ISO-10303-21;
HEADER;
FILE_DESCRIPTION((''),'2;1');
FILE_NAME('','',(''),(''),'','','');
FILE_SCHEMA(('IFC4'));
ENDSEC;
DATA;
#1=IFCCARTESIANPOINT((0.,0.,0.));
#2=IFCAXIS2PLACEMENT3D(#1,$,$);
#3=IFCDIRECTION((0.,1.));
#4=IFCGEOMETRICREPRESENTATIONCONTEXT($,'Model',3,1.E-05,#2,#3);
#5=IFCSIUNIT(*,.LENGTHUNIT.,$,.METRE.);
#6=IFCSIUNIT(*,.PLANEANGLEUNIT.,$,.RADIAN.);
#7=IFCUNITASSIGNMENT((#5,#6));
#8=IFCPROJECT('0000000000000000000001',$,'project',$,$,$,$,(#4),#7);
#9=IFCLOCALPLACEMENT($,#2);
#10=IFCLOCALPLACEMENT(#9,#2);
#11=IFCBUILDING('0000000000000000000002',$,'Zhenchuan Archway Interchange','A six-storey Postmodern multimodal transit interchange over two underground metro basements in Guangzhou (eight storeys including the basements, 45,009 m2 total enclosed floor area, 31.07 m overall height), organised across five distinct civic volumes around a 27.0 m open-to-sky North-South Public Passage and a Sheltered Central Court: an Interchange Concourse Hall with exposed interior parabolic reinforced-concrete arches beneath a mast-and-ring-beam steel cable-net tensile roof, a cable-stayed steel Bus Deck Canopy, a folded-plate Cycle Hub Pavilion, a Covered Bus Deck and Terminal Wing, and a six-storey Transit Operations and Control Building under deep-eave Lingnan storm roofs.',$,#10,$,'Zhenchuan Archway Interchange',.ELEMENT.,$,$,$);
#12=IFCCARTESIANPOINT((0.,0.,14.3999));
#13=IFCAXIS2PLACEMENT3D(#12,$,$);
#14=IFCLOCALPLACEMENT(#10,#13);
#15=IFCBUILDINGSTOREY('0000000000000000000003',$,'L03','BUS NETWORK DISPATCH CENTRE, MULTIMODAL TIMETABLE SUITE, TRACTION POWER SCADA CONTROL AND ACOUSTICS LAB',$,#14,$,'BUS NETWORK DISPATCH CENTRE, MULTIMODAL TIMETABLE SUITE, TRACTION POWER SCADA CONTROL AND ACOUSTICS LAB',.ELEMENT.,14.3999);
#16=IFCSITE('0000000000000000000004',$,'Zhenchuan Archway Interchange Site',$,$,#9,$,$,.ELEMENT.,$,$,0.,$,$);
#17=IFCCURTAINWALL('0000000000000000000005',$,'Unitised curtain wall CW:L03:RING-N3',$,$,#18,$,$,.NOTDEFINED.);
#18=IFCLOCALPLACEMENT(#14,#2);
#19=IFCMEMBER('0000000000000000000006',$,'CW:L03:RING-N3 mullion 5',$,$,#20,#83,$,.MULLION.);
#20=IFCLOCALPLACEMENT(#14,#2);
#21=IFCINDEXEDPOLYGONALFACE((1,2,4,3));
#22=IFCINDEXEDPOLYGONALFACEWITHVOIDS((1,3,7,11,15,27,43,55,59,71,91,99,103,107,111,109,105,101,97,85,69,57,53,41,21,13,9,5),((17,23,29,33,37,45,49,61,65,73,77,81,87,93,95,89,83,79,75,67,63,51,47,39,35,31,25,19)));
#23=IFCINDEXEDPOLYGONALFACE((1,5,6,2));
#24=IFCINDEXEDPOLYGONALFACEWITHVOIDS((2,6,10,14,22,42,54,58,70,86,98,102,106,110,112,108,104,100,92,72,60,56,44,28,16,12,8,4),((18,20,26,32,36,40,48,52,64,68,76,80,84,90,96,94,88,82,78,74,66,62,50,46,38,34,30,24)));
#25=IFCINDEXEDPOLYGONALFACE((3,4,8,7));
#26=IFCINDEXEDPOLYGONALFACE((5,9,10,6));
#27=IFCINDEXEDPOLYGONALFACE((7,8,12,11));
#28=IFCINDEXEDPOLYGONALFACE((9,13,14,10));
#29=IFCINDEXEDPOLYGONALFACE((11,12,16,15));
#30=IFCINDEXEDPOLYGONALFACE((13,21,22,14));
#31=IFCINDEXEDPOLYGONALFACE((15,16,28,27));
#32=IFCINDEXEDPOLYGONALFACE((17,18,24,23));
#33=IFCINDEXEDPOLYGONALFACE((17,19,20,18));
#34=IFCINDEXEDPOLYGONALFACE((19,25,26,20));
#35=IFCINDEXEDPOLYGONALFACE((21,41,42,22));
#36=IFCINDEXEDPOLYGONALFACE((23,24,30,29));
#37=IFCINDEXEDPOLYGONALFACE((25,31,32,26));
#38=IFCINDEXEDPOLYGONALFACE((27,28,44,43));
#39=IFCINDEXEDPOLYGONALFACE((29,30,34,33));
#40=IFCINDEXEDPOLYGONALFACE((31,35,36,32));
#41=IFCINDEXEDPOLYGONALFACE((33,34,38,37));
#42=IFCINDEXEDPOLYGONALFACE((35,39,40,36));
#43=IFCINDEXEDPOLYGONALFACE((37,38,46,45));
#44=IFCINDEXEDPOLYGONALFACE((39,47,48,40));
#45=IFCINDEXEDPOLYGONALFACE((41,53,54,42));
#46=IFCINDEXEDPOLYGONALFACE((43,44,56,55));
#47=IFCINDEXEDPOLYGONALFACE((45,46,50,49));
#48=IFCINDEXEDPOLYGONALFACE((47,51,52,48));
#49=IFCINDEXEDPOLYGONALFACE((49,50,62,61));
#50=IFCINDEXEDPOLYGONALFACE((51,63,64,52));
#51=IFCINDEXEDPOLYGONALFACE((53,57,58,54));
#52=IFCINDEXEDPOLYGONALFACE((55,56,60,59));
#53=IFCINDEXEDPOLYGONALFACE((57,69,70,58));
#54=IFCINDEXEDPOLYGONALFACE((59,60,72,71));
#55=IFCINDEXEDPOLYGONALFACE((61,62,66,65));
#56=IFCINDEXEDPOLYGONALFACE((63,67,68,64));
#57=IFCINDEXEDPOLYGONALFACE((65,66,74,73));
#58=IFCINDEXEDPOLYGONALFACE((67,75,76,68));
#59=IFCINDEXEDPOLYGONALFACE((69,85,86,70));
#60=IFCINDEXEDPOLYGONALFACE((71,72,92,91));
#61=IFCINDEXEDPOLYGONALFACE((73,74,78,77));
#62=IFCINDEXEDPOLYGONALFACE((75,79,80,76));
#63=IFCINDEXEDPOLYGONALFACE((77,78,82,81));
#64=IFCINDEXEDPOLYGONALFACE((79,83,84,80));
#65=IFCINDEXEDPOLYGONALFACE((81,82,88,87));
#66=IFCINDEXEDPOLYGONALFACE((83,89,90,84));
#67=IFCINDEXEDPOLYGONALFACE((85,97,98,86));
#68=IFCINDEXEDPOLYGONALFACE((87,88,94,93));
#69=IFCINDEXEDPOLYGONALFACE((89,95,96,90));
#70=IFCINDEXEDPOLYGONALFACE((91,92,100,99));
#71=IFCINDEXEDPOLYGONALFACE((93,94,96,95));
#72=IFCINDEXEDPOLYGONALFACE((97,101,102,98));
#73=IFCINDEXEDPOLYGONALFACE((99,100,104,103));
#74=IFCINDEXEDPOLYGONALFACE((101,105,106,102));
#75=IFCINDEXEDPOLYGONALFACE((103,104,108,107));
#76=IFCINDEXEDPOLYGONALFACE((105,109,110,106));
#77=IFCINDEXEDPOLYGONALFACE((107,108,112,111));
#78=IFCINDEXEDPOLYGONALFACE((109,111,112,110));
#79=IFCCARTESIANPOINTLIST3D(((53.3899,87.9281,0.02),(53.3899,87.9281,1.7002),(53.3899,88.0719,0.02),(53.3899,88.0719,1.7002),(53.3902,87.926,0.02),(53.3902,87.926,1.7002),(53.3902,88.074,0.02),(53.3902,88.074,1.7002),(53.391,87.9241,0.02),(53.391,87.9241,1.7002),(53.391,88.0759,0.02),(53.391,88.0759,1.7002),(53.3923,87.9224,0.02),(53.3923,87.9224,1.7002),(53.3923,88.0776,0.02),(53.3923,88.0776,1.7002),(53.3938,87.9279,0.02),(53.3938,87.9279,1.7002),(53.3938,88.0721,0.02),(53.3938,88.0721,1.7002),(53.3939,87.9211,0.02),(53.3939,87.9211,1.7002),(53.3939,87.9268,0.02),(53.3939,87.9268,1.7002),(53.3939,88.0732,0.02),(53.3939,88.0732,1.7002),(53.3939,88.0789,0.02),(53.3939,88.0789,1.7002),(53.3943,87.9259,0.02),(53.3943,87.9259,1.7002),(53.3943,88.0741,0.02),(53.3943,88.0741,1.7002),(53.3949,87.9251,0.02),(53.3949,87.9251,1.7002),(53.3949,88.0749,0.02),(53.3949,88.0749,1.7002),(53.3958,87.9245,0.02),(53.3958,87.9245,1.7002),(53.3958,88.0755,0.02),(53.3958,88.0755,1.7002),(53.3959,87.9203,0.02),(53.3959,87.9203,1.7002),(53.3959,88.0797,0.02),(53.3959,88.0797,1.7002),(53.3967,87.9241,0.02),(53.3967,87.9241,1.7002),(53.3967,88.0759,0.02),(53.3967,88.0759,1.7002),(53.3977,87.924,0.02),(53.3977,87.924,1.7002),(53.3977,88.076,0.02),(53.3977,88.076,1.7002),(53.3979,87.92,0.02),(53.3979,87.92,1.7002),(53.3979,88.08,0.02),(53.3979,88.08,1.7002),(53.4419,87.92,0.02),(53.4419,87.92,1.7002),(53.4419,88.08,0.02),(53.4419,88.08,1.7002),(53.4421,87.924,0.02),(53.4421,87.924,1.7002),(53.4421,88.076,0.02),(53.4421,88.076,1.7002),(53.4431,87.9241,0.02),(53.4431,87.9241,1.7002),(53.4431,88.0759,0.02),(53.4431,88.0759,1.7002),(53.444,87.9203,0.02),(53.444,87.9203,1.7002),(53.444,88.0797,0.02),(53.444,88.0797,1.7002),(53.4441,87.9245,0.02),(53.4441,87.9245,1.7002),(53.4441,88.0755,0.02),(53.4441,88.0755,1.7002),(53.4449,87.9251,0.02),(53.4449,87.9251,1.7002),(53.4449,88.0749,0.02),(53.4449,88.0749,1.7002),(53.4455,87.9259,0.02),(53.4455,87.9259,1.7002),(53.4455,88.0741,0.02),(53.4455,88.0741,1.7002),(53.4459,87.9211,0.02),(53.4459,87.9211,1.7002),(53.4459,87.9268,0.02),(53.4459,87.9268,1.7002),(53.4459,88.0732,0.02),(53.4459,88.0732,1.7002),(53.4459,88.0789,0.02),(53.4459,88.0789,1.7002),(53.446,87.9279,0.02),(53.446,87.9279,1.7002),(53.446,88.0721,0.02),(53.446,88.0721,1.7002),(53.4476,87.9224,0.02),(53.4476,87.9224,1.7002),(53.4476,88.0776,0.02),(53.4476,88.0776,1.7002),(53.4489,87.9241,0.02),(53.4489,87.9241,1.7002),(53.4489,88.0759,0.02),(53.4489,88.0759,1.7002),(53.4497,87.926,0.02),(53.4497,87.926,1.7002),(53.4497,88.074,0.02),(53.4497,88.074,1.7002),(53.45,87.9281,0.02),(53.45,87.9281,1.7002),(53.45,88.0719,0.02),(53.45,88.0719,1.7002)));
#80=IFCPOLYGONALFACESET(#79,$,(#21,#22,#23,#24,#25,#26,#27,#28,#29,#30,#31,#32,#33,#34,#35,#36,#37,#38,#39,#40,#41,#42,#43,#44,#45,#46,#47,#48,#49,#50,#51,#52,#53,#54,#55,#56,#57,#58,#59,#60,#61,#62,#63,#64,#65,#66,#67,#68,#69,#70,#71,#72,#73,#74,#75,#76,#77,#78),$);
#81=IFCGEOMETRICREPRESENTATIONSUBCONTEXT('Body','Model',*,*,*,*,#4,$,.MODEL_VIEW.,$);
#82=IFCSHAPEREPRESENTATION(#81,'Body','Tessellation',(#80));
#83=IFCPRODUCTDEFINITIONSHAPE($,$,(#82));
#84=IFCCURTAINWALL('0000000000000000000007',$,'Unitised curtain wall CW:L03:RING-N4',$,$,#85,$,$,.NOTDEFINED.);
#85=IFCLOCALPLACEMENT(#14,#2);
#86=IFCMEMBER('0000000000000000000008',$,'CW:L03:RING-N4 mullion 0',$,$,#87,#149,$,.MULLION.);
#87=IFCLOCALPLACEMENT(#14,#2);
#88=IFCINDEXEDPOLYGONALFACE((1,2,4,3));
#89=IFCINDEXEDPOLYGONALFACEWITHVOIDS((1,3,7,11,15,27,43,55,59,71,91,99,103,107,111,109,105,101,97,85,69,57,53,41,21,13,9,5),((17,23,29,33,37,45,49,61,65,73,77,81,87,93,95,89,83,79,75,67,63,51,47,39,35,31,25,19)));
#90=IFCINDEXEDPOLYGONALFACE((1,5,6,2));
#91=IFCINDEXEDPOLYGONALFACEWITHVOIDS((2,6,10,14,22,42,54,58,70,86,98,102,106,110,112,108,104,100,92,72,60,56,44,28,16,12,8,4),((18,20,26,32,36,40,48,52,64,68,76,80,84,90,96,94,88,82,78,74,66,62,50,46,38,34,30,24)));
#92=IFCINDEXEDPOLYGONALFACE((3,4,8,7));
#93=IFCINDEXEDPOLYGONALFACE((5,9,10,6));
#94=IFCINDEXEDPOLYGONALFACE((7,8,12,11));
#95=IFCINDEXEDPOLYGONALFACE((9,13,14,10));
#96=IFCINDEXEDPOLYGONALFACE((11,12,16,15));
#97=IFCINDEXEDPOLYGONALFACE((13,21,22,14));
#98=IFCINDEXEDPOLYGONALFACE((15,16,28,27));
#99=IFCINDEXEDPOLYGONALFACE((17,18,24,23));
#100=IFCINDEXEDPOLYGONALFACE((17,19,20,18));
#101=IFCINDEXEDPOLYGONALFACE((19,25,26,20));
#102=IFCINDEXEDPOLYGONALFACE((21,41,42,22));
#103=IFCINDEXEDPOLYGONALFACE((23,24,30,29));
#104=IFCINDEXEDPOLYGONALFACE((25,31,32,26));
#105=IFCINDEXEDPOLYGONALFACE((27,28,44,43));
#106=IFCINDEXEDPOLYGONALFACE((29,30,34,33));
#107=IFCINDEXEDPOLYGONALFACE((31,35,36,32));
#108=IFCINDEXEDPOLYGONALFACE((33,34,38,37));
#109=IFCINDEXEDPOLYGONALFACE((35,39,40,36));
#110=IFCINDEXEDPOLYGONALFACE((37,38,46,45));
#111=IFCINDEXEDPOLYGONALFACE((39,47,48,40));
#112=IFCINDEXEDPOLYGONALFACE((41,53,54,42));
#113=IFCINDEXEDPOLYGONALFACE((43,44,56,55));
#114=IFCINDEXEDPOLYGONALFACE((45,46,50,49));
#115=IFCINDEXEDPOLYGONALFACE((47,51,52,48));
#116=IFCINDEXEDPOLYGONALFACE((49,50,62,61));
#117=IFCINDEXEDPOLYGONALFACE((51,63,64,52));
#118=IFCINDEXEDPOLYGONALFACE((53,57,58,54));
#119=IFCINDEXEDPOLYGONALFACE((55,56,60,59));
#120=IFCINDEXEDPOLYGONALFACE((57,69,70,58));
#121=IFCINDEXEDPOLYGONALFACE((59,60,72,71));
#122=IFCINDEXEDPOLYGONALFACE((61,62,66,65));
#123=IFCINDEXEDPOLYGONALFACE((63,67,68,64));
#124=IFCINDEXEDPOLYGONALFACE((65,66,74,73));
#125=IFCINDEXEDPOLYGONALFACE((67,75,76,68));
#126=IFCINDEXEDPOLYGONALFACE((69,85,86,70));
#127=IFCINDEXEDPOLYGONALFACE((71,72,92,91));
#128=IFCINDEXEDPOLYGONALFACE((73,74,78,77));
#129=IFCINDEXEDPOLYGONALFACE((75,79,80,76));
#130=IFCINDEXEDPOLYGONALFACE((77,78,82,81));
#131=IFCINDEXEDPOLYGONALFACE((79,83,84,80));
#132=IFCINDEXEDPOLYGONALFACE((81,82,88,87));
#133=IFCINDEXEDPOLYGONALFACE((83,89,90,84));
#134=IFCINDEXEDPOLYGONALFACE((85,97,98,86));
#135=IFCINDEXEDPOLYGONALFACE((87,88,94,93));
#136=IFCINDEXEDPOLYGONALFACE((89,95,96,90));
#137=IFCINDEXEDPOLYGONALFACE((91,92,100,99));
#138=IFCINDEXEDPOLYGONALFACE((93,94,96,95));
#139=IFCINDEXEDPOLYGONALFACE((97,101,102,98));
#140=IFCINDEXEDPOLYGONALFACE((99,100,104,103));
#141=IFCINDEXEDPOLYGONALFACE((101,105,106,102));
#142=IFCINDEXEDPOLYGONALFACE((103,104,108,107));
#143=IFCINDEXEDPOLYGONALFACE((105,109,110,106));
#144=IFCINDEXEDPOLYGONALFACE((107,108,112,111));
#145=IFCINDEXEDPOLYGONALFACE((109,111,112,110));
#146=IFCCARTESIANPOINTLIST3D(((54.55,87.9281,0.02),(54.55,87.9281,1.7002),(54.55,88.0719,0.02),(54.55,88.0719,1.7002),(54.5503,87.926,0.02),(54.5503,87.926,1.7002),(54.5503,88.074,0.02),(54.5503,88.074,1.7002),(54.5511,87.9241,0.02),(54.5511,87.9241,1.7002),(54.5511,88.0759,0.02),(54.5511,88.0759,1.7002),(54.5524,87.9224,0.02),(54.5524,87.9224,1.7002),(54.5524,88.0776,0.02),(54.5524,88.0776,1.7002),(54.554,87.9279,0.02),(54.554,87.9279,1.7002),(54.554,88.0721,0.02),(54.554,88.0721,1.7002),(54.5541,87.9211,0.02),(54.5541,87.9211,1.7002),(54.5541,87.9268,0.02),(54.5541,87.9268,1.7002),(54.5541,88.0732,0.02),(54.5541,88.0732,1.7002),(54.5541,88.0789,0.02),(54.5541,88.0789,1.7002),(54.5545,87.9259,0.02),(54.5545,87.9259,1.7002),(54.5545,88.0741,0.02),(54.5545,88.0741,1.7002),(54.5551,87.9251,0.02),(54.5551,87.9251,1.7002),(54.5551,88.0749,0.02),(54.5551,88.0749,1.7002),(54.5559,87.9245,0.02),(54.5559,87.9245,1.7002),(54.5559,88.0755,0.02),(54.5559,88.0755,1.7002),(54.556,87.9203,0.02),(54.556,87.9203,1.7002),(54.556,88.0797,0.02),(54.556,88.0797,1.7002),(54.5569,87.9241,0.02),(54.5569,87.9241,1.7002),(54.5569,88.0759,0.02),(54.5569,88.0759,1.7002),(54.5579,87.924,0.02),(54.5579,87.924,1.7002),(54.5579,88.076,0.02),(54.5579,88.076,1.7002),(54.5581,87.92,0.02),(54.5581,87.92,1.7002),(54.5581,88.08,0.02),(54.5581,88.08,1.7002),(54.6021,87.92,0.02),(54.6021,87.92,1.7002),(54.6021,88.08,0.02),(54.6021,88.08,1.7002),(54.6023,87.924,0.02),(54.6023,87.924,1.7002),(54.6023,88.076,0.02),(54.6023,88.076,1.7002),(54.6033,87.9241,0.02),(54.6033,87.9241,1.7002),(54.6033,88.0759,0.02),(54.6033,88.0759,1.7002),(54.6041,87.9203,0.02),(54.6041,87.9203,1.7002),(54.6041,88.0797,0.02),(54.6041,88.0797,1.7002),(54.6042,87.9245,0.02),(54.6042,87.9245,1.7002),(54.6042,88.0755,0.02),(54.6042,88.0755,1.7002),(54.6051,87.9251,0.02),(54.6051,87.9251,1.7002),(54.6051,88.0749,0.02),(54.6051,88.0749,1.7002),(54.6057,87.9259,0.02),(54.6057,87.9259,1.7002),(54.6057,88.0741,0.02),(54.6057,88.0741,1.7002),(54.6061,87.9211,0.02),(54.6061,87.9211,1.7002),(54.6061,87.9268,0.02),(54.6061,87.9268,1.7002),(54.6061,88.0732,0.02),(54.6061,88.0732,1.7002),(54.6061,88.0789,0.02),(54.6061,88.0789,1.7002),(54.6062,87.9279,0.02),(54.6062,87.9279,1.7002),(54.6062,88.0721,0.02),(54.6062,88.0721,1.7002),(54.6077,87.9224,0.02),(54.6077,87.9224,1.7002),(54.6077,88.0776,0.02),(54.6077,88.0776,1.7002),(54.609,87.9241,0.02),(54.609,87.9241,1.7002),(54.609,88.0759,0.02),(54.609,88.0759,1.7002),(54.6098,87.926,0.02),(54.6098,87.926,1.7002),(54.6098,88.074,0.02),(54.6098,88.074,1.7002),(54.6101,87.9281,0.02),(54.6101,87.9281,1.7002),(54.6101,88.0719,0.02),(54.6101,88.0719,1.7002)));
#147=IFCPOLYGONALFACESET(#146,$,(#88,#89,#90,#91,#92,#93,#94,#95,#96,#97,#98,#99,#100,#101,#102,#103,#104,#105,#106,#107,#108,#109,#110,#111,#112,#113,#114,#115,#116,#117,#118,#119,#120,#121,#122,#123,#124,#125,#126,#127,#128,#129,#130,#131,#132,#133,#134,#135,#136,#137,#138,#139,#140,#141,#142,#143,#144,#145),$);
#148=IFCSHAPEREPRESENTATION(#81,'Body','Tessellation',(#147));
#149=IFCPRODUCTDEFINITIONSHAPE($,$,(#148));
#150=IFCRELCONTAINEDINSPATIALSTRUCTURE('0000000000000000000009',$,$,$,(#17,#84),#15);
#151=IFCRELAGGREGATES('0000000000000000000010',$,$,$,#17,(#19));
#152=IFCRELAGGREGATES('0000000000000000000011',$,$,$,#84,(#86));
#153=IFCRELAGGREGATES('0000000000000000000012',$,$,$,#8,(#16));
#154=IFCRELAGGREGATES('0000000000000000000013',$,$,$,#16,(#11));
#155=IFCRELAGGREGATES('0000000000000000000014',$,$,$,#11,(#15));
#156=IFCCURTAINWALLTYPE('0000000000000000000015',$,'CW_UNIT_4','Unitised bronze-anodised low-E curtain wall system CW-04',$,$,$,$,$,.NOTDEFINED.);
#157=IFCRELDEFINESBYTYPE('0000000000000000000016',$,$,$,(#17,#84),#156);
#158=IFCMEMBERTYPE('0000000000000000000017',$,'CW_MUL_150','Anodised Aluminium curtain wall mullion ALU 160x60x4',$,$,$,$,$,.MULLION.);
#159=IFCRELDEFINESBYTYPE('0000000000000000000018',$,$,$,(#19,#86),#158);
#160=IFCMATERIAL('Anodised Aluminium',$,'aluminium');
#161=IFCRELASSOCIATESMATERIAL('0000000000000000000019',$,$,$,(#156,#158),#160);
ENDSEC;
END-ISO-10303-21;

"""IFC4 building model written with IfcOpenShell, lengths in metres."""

from ifc_helpers import new_model, si_unit, direction, frame, origin, origin_2d, place, context, subcontext, project, spatial, hollow_rectangle, extrude, material, material_profile, profile_set, type_object, element, aggregate, save


model = new_model("IFC4")

# Units and contexts
model_context = context("Model", 3, precision=1e-05, world=origin(), true_north=direction((0.0, 1.0)))
body_context = subcontext(model_context, "Body", "Model", "MODEL_VIEW")
ifc_project = project(units=[si_unit("LENGTHUNIT", "METRE"), si_unit("PLANEANGLEUNIT", "RADIAN")], contexts=[model_context])

# Site, building, storey
site_placement = place(None, origin())
site = spatial("IfcSite", under=ifc_project, at=site_placement, Name="Zhenchuan Archway Interchange Site", CompositionType="ELEMENT", RefElevation=0.0)
building_placement = place(site_placement, origin())
building = spatial("IfcBuilding", under=site, at=building_placement, Name="Zhenchuan Archway Interchange", Description="A six-storey Postmodern multimodal transit interchange over two underground metro basements in Guangzhou (eight storeys including the basements, 45,009 m2 total enclosed floor area, 31.07 m overall height), organised across five distinct civic volumes around a 27.0 m open-to-sky North-South Public Passage and a Sheltered Central Court: an Interchange Concourse Hall with exposed interior parabolic reinforced-concrete arches beneath a mast-and-ring-beam steel cable-net tensile roof, a cable-stayed steel Bus Deck Canopy, a folded-plate Cycle Hub Pavilion, a Covered Bus Deck and Terminal Wing, and a six-storey Transit Operations and Control Building under deep-eave Lingnan storm roofs.", LongName="Zhenchuan Archway Interchange", CompositionType="ELEMENT")
storey_placement = place(building_placement, frame((0.0, 0.0, 14.3999)))
storey = spatial("IfcBuildingStorey", under=building, at=storey_placement, Name="L03", Description="BUS NETWORK DISPATCH CENTRE, MULTIMODAL TIMETABLE SUITE, TRACTION POWER SCADA CONTROL AND ACOUSTICS LAB", LongName="BUS NETWORK DISPATCH CENTRE, MULTIMODAL TIMETABLE SUITE, TRACTION POWER SCADA CONTROL AND ACOUSTICS LAB", CompositionType="ELEMENT", Elevation=14.3999)

# Curtain walls, members
ifc_material_1 = material(Name="Anodised Aluminium", Category="aluminium")
curtain_wall_type = type_object("IfcCurtainWallType", Name="CW_UNIT_4", Description="Unitised bronze-anodised low-E curtain wall system CW-04", PredefinedType="NOTDEFINED", material=ifc_material_1)
curtain_wall_1_placement = place(storey_placement, origin())
curtain_wall_1 = element("IfcCurtainWall", 1, at=curtain_wall_1_placement, inside=storey, type_object=curtain_wall_type, Name="Unitised curtain wall CW:L03:RING-N3", PredefinedType="NOTDEFINED")
ifc_material_profile_1 = material_profile(ifc_material_1, hollow_rectangle(XDim=0.0601, YDim=0.1599, WallThickness=0.0039, InnerFilletRadius=0.0039, OuterFilletRadius=0.0081, at=origin_2d()), Name="ALU 160x60x4")
ifc_profile_set_1 = profile_set([ifc_material_profile_1], Name="Anodised Aluminium")
member_type_1 = type_object("IfcMemberType", Name="CW_MUL_150", Description="Anodised Aluminium curtain wall mullion ALU 160x60x4", PredefinedType="MULLION", material=ifc_profile_set_1)
member_1_placement = place(storey_placement, frame((53.4199, 88.0, 0.02), z_axis=(0.0, 0.0, 1.0), x_axis=(1.0, 0.0, 0.0)))
member_1 = element("IfcMember", 2, at=member_1_placement, type_object=member_type_1, Name="CW:L03:RING-N3 mullion 5", PredefinedType="MULLION", context=body_context, shape_type="SweptSolid", body=[
    extrude(hollow_rectangle(XDim=0.0601, YDim=0.1599, WallThickness=0.0039, InnerFilletRadius=0.0039, OuterFilletRadius=0.0081, at=origin_2d()), origin(), (0.0, 0.0, 1.0), 1.6802),
])
curtain_wall_2_placement = place(storey_placement, origin())
curtain_wall_2 = element("IfcCurtainWall", 3, at=curtain_wall_2_placement, inside=storey, type_object=curtain_wall_type, Name="Unitised curtain wall CW:L03:RING-N4", PredefinedType="NOTDEFINED")
member_2_placement = place(storey_placement, frame((54.5801, 88.0, 0.02), z_axis=(0.0, 0.0, 1.0), x_axis=(1.0, 0.0, 0.0)))
member_2 = element("IfcMember", 4, at=member_2_placement, type_object=member_type_1, Name="CW:L03:RING-N4 mullion 0", PredefinedType="MULLION", context=body_context, shape_type="SweptSolid", body=[
    extrude(hollow_rectangle(XDim=0.0601, YDim=0.1599, WallThickness=0.0039, InnerFilletRadius=0.0039, OuterFilletRadius=0.0081, at=origin_2d()), origin(), (0.0, 0.0, 1.0), 1.6802),
])

aggregate(curtain_wall_1, [member_1])
aggregate(curtain_wall_2, [member_2])

save(model, "model.ifc")
